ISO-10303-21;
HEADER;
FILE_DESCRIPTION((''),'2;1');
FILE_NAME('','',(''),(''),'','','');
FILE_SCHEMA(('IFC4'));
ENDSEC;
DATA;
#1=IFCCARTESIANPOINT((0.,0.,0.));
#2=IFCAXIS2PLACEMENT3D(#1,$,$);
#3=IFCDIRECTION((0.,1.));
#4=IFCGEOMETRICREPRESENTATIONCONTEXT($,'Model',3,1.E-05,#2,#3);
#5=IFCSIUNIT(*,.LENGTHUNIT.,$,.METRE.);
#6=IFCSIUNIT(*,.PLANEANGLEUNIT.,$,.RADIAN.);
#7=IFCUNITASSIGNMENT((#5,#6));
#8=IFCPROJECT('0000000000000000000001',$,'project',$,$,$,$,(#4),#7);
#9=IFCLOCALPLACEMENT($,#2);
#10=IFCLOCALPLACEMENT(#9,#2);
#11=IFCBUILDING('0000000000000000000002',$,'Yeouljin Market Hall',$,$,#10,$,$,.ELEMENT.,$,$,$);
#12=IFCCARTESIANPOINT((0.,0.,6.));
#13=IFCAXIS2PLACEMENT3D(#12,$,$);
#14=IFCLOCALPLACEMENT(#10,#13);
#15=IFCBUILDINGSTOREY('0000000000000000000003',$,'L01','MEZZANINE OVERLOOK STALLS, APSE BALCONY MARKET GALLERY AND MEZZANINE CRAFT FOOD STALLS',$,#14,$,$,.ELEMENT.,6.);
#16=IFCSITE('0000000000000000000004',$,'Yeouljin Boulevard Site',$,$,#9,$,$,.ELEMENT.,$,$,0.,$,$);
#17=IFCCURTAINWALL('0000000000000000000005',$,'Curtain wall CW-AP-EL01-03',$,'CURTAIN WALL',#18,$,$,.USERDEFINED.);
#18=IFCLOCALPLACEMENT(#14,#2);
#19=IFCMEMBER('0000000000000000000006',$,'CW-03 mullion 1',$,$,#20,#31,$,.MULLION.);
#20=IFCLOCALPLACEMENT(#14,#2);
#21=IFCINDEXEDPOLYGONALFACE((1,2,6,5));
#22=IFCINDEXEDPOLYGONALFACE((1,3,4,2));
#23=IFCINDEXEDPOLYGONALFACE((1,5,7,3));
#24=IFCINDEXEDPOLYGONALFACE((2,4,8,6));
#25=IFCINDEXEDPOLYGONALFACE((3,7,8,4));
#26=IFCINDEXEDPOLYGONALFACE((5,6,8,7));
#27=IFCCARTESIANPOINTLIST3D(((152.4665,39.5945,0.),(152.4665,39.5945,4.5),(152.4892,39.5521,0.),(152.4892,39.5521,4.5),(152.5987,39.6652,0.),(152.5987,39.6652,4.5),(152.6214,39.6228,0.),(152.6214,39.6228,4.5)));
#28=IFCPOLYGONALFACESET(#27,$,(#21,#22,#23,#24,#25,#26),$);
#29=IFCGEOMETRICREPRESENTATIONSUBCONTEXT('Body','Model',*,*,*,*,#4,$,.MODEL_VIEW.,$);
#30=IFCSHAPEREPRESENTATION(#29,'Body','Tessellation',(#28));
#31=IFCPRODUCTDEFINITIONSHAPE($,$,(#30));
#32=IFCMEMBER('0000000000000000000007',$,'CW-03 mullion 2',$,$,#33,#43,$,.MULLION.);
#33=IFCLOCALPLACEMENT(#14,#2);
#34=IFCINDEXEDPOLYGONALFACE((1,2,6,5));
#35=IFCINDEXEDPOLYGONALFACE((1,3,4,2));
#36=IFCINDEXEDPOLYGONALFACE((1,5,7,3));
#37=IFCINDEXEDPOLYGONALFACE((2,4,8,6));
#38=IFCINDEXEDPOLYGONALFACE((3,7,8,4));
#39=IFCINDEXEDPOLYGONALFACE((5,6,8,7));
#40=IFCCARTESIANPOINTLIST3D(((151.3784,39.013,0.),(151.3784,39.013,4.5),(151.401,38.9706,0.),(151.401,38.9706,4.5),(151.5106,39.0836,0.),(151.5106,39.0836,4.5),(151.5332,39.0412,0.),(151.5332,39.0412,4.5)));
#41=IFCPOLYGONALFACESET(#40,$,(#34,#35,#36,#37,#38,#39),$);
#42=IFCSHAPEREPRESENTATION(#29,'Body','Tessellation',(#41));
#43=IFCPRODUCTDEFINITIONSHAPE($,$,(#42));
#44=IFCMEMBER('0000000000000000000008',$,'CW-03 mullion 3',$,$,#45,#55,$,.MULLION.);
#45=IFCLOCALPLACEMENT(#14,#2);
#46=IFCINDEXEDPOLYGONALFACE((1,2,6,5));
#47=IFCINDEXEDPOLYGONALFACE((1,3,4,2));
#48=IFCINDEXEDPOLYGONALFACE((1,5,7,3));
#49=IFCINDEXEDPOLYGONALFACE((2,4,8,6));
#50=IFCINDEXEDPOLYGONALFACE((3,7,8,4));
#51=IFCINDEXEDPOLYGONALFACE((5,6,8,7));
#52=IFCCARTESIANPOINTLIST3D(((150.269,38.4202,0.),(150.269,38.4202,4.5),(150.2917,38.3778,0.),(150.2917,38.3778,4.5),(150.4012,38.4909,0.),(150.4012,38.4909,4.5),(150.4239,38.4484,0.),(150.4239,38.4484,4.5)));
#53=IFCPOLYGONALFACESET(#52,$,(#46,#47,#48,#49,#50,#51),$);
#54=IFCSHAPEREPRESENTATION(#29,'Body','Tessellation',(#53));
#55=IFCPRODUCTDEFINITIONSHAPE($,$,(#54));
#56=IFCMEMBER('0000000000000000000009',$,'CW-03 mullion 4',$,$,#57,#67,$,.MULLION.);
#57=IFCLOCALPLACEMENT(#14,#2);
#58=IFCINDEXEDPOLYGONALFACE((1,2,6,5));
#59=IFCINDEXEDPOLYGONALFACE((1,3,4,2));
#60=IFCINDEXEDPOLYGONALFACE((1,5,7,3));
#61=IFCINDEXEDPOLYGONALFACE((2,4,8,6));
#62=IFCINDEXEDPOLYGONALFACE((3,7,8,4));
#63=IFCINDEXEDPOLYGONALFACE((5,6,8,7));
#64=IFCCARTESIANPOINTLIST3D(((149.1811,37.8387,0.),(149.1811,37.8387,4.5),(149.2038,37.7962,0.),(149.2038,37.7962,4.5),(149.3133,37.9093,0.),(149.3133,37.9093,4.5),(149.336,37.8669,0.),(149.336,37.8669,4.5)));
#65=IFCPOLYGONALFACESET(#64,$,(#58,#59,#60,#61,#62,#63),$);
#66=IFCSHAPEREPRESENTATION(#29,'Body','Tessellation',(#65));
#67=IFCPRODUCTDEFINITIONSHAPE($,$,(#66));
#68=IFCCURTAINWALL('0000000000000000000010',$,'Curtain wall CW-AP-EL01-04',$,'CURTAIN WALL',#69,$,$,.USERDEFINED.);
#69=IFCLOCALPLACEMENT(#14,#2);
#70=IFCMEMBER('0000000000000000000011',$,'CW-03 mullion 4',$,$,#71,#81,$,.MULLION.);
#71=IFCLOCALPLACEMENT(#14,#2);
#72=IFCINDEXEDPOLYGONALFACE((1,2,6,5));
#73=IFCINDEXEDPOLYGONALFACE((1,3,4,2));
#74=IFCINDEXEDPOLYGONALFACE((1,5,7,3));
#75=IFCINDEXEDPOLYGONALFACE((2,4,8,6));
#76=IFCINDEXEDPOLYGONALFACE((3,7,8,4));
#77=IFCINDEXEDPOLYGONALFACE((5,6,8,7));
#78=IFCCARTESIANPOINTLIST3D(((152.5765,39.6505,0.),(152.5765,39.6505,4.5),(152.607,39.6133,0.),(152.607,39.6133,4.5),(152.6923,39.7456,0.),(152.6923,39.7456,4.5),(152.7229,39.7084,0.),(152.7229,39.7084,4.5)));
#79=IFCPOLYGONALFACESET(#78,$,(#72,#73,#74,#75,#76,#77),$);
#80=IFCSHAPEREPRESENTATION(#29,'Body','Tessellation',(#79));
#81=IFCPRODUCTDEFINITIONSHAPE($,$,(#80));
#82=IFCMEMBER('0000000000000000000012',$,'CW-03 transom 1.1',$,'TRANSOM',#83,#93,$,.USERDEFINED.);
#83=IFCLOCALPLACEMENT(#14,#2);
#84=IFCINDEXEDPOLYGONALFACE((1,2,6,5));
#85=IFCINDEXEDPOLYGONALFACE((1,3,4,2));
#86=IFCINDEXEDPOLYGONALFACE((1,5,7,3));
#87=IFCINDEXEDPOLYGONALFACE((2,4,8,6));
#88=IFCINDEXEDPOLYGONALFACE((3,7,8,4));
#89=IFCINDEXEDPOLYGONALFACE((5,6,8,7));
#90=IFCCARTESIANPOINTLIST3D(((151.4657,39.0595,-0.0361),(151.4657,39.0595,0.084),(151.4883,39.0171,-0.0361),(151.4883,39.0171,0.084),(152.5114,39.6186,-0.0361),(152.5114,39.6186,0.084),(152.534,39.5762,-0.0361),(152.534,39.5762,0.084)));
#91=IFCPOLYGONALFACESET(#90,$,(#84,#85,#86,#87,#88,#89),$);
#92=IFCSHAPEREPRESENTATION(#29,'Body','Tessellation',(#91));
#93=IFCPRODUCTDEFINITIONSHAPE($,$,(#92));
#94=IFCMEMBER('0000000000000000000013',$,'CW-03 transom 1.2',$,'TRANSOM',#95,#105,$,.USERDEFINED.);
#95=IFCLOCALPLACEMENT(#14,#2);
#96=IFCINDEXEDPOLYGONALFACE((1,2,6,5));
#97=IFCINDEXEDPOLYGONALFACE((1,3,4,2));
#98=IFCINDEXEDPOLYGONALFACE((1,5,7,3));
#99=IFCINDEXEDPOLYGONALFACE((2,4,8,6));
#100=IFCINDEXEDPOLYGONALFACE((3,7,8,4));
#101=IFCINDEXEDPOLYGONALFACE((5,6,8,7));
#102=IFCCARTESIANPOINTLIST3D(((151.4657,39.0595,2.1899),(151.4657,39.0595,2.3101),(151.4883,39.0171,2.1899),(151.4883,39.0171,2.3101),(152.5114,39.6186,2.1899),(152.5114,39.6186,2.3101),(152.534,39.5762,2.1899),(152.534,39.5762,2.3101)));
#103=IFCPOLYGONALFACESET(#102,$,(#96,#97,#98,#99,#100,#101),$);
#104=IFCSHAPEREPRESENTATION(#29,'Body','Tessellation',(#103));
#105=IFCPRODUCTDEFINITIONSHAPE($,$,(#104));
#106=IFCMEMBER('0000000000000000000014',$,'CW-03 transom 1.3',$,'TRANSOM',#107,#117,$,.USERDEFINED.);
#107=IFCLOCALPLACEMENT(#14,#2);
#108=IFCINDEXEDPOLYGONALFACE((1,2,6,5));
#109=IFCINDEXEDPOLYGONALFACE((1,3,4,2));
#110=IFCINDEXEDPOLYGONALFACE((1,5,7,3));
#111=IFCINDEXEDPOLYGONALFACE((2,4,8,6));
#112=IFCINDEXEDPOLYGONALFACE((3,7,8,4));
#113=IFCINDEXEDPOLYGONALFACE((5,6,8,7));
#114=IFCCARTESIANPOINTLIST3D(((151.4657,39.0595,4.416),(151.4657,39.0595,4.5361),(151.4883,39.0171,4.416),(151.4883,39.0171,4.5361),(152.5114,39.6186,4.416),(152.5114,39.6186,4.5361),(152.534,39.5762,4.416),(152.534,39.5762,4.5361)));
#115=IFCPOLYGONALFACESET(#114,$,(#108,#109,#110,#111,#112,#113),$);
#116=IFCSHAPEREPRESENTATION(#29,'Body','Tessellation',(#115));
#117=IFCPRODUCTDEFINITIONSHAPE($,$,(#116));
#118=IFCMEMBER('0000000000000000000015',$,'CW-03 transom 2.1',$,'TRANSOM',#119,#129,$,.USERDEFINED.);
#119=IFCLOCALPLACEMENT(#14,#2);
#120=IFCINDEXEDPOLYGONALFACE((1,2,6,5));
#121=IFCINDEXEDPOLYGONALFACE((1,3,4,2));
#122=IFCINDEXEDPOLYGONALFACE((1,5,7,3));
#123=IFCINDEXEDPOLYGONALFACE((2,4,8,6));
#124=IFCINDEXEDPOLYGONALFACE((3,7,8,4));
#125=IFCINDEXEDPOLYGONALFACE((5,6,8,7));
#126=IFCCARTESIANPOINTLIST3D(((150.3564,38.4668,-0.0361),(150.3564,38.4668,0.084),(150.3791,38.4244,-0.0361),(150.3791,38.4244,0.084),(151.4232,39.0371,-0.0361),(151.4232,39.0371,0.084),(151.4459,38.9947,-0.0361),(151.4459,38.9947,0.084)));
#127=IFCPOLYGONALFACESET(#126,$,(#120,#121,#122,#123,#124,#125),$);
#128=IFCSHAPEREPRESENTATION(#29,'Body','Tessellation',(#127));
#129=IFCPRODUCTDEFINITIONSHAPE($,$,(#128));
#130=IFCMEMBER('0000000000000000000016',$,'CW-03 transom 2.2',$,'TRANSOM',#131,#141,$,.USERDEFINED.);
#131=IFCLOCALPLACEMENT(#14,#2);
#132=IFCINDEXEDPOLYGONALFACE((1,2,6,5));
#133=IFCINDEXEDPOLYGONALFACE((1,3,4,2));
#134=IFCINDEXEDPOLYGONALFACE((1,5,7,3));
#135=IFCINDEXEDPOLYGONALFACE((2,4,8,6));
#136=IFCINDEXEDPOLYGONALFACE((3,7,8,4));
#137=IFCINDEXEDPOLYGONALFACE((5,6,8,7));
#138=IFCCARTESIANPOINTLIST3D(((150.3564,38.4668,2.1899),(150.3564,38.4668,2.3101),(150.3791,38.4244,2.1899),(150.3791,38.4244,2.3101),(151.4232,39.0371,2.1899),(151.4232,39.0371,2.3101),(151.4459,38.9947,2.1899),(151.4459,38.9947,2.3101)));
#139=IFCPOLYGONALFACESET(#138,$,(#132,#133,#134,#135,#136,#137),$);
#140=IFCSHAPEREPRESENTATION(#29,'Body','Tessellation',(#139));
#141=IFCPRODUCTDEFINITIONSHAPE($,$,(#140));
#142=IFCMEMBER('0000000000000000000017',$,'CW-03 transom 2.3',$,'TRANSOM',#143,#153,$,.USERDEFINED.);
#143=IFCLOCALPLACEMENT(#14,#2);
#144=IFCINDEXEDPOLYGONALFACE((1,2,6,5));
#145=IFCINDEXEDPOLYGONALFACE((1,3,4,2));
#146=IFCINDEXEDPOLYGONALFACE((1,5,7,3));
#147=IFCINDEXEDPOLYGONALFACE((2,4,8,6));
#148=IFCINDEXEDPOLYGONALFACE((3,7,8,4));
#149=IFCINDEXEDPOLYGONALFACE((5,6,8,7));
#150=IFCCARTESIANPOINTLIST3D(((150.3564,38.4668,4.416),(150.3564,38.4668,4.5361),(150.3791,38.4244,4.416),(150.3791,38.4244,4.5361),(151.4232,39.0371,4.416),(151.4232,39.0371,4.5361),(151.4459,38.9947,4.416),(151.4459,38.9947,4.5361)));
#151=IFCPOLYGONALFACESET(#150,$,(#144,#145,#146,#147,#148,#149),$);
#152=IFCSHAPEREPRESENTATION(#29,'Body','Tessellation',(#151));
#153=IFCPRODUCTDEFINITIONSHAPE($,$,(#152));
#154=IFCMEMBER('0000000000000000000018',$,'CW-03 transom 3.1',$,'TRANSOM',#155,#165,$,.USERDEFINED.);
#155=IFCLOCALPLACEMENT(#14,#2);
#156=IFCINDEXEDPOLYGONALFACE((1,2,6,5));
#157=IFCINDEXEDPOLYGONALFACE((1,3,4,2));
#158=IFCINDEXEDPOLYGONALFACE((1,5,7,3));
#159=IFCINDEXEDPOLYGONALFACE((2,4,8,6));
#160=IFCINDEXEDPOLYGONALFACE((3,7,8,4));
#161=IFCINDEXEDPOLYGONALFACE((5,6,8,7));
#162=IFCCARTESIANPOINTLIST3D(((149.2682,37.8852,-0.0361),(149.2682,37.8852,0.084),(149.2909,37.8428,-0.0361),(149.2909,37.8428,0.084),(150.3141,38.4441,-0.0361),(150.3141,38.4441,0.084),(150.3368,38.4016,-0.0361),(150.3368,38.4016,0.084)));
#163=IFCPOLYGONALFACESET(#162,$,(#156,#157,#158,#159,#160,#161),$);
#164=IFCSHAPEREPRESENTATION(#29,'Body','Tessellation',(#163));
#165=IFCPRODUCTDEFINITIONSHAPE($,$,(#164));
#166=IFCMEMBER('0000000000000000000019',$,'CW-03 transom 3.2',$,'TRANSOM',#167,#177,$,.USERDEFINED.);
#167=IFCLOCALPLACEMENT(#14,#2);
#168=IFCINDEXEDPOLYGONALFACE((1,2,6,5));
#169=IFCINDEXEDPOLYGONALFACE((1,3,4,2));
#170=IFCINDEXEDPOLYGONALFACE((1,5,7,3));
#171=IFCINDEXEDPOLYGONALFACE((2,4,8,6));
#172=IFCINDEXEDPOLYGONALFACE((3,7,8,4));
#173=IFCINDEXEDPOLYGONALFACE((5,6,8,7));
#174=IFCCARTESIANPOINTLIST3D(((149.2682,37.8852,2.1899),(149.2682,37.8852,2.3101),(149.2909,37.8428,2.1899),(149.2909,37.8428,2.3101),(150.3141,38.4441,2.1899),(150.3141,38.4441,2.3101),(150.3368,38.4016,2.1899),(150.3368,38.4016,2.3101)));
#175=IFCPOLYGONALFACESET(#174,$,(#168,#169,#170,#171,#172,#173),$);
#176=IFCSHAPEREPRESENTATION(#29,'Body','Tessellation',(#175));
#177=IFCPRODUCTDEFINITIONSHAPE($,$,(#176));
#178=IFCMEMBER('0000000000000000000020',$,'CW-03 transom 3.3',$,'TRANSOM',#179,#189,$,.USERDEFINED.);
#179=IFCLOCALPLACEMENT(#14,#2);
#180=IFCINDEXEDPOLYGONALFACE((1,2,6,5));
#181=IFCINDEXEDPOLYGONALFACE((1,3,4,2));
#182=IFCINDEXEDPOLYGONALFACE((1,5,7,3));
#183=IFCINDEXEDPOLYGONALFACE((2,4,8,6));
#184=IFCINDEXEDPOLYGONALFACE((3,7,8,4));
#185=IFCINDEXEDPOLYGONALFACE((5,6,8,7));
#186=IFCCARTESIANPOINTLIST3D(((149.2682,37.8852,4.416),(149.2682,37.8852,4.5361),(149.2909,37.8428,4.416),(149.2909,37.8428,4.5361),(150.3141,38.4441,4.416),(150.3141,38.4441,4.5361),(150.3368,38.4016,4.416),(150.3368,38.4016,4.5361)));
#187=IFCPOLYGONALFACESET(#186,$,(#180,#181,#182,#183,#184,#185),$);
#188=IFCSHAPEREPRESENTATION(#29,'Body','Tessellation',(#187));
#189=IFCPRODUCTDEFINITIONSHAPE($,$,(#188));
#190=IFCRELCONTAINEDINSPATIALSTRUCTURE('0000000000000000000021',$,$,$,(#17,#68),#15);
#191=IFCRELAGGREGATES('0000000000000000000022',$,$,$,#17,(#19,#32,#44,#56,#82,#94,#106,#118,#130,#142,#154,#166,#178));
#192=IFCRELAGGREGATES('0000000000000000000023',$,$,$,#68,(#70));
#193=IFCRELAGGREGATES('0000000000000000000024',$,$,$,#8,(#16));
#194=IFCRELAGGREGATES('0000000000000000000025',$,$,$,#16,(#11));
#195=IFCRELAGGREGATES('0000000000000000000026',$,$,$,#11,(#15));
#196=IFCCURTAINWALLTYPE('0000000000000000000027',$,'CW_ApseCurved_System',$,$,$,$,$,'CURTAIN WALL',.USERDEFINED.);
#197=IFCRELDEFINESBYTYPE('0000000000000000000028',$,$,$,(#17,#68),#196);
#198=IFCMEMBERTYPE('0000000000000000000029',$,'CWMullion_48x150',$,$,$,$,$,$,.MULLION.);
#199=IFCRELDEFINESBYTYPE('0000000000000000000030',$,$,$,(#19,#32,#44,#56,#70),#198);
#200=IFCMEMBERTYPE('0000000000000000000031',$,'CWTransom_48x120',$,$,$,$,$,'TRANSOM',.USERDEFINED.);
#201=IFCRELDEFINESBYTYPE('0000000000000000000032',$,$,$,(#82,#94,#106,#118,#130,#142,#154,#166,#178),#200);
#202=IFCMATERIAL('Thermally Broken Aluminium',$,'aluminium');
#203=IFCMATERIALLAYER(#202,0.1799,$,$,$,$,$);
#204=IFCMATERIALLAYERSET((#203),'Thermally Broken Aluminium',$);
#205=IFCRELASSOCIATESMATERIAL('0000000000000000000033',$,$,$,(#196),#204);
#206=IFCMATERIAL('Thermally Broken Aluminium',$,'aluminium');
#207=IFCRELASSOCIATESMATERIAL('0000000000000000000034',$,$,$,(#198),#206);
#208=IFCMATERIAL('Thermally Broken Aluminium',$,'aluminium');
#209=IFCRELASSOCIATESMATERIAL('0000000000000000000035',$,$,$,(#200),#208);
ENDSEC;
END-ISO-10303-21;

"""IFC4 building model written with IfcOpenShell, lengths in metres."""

from ifc_helpers import new_model, si_unit, direction, frame, origin, origin_2d, place, context, subcontext, project, spatial, rectangle, extrude, material, layer, layer_set, material_profile, profile_set, type_object, element, aggregate, save


model = new_model("IFC4")

# Units and contexts
model_context = context("Model", 3, precision=1e-05, world=origin(), true_north=direction((0.0, 1.0)))
body_context = subcontext(model_context, "Body", "Model", "MODEL_VIEW")
ifc_project = project(units=[si_unit("LENGTHUNIT", "METRE"), si_unit("PLANEANGLEUNIT", "RADIAN")], contexts=[model_context])

# Site, building, storey
site_placement = place(None, origin())
site = spatial("IfcSite", under=ifc_project, at=site_placement, Name="Yeouljin Boulevard Site", CompositionType="ELEMENT", RefElevation=0.0)
building_placement = place(site_placement, origin())
building = spatial("IfcBuilding", under=site, at=building_placement, Name="Yeouljin Market Hall", CompositionType="ELEMENT")
storey_placement = place(building_placement, frame((0.0, 0.0, 6.0)))
storey = spatial("IfcBuildingStorey", under=building, at=storey_placement, Name="L01", Description="MEZZANINE OVERLOOK STALLS, APSE BALCONY MARKET GALLERY AND MEZZANINE CRAFT FOOD STALLS", CompositionType="ELEMENT", Elevation=6.0)

# Curtain wall, members
ifc_material_1 = material(Name="Thermally Broken Aluminium", Category="aluminium")
ifc_layer_1 = layer(ifc_material_1, 0.1799)
ifc_layer_set_1 = layer_set([ifc_layer_1], Name="Thermally Broken Aluminium")
curtain_wall_type = type_object("IfcCurtainWallType", Name="CW_ApseCurved_System", ElementType="CURTAIN WALL", PredefinedType="USERDEFINED", material=ifc_layer_set_1)
curtain_wall_1_placement = place(storey_placement, origin())
curtain_wall_1 = element("IfcCurtainWall", 1, at=curtain_wall_1_placement, inside=storey, type_object=curtain_wall_type, Name="Curtain wall CW-AP-EL01-03", ObjectType="CURTAIN WALL", PredefinedType="USERDEFINED")
ifc_material_2 = material(Name="Thermally Broken Aluminium", Category="aluminium")
ifc_material_profile_1 = material_profile(ifc_material_2, rectangle(XDim=0.0481, YDim=0.1499, at=origin_2d()), Name="CW-MULL-48x150")
ifc_profile_set_1 = profile_set([ifc_material_profile_1], Name="Thermally Broken Aluminium")
member_type_1 = type_object("IfcMemberType", Name="CWMullion_48x150", PredefinedType="MULLION", material=ifc_profile_set_1)
member_1_placement = place(storey_placement, frame((152.5439, 39.6086, 0.0), z_axis=(0.0, 0.0, 1.0), x_axis=(0.471378, -0.881931, 0.0)))
member_1 = element("IfcMember", 2, at=member_1_placement, type_object=member_type_1, Name="CW-03 mullion 1", PredefinedType="MULLION", context=body_context, shape_type="SweptSolid", body=[
    extrude(rectangle(XDim=0.0481, YDim=0.1499, at=origin_2d()), origin(), (0.0, 0.0, 1.0), 4.5),
])
member_2_placement = place(storey_placement, frame((151.4558, 39.0271, 0.0), z_axis=(0.0, 0.0, 1.0), x_axis=(0.471378, -0.881931, 0.0)))
member_2 = element("IfcMember", 3, at=member_2_placement, type_object=member_type_1, Name="CW-03 mullion 2", PredefinedType="MULLION", context=body_context, shape_type="SweptSolid", body=[
    extrude(rectangle(XDim=0.0481, YDim=0.1499, at=origin_2d()), origin(), (0.0, 0.0, 1.0), 4.5),
])
member_3_placement = place(storey_placement, frame((150.3464, 38.4343, 0.0), z_axis=(0.0, 0.0, 1.0), x_axis=(0.471378, -0.881931, 0.0)))
member_3 = element("IfcMember", 4, at=member_3_placement, type_object=member_type_1, Name="CW-03 mullion 3", PredefinedType="MULLION", context=body_context, shape_type="SweptSolid", body=[
    extrude(rectangle(XDim=0.0481, YDim=0.1499, at=origin_2d()), origin(), (0.0, 0.0, 1.0), 4.5),
])
member_4_placement = place(storey_placement, frame((149.2585, 37.8528, 0.0), z_axis=(0.0, 0.0, 1.0), x_axis=(0.471378, -0.881931, 0.0)))
member_4 = element("IfcMember", 5, at=member_4_placement, type_object=member_type_1, Name="CW-03 mullion 4", PredefinedType="MULLION", context=body_context, shape_type="SweptSolid", body=[
    extrude(rectangle(XDim=0.0481, YDim=0.1499, at=origin_2d()), origin(), (0.0, 0.0, 1.0), 4.5),
])

# Curtain wall, member
curtain_wall_2_placement = place(storey_placement, origin())
curtain_wall_2 = element("IfcCurtainWall", 6, at=curtain_wall_2_placement, inside=storey, type_object=curtain_wall_type, Name="Curtain wall CW-AP-EL01-04", ObjectType="CURTAIN WALL", PredefinedType="USERDEFINED")
member_5_placement = place(storey_placement, frame((152.6497, 39.6794, 0.0), z_axis=(0.0, 0.0, 1.0), x_axis=(0.634384, -0.773018, 0.0)))
member_5 = element("IfcMember", 7, at=member_5_placement, type_object=member_type_1, Name="CW-03 mullion 4", PredefinedType="MULLION", context=body_context, shape_type="SweptSolid", body=[
    extrude(rectangle(XDim=0.0481, YDim=0.1499, at=origin_2d()), origin(), (0.0, 0.0, 1.0), 4.5),
])

# Members
ifc_material_3 = material(Name="Thermally Broken Aluminium", Category="aluminium")
ifc_material_profile_2 = material_profile(ifc_material_3, rectangle(XDim=0.0481, YDim=0.1201, at=origin_2d()), Name="CW-TRAN-48x120")
ifc_profile_set_2 = profile_set([ifc_material_profile_2], Name="Thermally Broken Aluminium")
member_type_2 = type_object("IfcMemberType", Name="CWTransom_48x120", ElementType="TRANSOM", PredefinedType="USERDEFINED", material=ifc_profile_set_2)
member_6_placement = place(storey_placement, frame((152.5227, 39.5974, 0.0239), z_axis=(-0.881862, -0.471507, 0.0), x_axis=(0.471507, -0.881862, 0.0)))
member_6 = element("IfcMember", 8, at=member_6_placement, type_object=member_type_2, Name="CW-03 transom 1.1", ObjectType="TRANSOM", PredefinedType="USERDEFINED", context=body_context, shape_type="SweptSolid", body=[
    extrude(rectangle(XDim=0.0481, YDim=0.1201, at=origin_2d()), origin(), (0.0, 0.0, 1.0), 1.1858),
])
member_7_placement = place(storey_placement, frame((152.5227, 39.5974, 2.25), z_axis=(-0.881862, -0.471507, 0.0), x_axis=(0.471507, -0.881862, 0.0)))
member_7 = element("IfcMember", 9, at=member_7_placement, type_object=member_type_2, Name="CW-03 transom 1.2", ObjectType="TRANSOM", PredefinedType="USERDEFINED", context=body_context, shape_type="SweptSolid", body=[
    extrude(rectangle(XDim=0.0481, YDim=0.1201, at=origin_2d()), origin(), (0.0, 0.0, 1.0), 1.1858),
])
member_8_placement = place(storey_placement, frame((152.5227, 39.5974, 4.4761), z_axis=(-0.881862, -0.471507, 0.0), x_axis=(0.471507, -0.881862, 0.0)))
member_8 = element("IfcMember", 10, at=member_8_placement, type_object=member_type_2, Name="CW-03 transom 1.3", ObjectType="TRANSOM", PredefinedType="USERDEFINED", context=body_context, shape_type="SweptSolid", body=[
    extrude(rectangle(XDim=0.0481, YDim=0.1201, at=origin_2d()), origin(), (0.0, 0.0, 1.0), 1.1858),
])
member_9_placement = place(storey_placement, frame((151.4346, 39.0159, 0.0239), z_axis=(-0.881906, -0.471426, 0.0), x_axis=(0.471426, -0.881906, 0.0)))
member_9 = element("IfcMember", 11, at=member_9_placement, type_object=member_type_2, Name="CW-03 transom 2.1", ObjectType="TRANSOM", PredefinedType="USERDEFINED", context=body_context, shape_type="SweptSolid", body=[
    extrude(rectangle(XDim=0.0481, YDim=0.1201, at=origin_2d()), origin(), (0.0, 0.0, 1.0), 1.2097),
])
member_10_placement = place(storey_placement, frame((151.4346, 39.0159, 2.25), z_axis=(-0.881906, -0.471426, 0.0), x_axis=(0.471426, -0.881906, 0.0)))
member_10 = element("IfcMember", 12, at=member_10_placement, type_object=member_type_2, Name="CW-03 transom 2.2", ObjectType="TRANSOM", PredefinedType="USERDEFINED", context=body_context, shape_type="SweptSolid", body=[
    extrude(rectangle(XDim=0.0481, YDim=0.1201, at=origin_2d()), origin(), (0.0, 0.0, 1.0), 1.2097),
])
member_11_placement = place(storey_placement, frame((151.4346, 39.0159, 4.4761), z_axis=(-0.881906, -0.471426, 0.0), x_axis=(0.471426, -0.881906, 0.0)))
member_11 = element("IfcMember", 13, at=member_11_placement, type_object=member_type_2, Name="CW-03 transom 2.3", ObjectType="TRANSOM", PredefinedType="USERDEFINED", context=body_context, shape_type="SweptSolid", body=[
    extrude(rectangle(XDim=0.0481, YDim=0.1201, at=origin_2d()), origin(), (0.0, 0.0, 1.0), 1.2097),
])
member_12_placement = place(storey_placement, frame((150.3254, 38.4229, 0.0239), z_axis=(-0.881994, -0.471261, 0.0), x_axis=(0.471261, -0.881994, 0.0)))
member_12 = element("IfcMember", 14, at=member_12_placement, type_object=member_type_2, Name="CW-03 transom 3.1", ObjectType="TRANSOM", PredefinedType="USERDEFINED", context=body_context, shape_type="SweptSolid", body=[
    extrude(rectangle(XDim=0.0481, YDim=0.1201, at=origin_2d()), origin(), (0.0, 0.0, 1.0), 1.1858),
])
member_13_placement = place(storey_placement, frame((150.3254, 38.4229, 2.25), z_axis=(-0.881994, -0.471261, 0.0), x_axis=(0.471261, -0.881994, 0.0)))
member_13 = element("IfcMember", 15, at=member_13_placement, type_object=member_type_2, Name="CW-03 transom 3.2", ObjectType="TRANSOM", PredefinedType="USERDEFINED", context=body_context, shape_type="SweptSolid", body=[
    extrude(rectangle(XDim=0.0481, YDim=0.1201, at=origin_2d()), origin(), (0.0, 0.0, 1.0), 1.1858),
])
member_14_placement = place(storey_placement, frame((150.3254, 38.4229, 4.4761), z_axis=(-0.881994, -0.471261, 0.0), x_axis=(0.471261, -0.881994, 0.0)))
member_14 = element("IfcMember", 16, at=member_14_placement, type_object=member_type_2, Name="CW-03 transom 3.3", ObjectType="TRANSOM", PredefinedType="USERDEFINED", context=body_context, shape_type="SweptSolid", body=[
    extrude(rectangle(XDim=0.0481, YDim=0.1201, at=origin_2d()), origin(), (0.0, 0.0, 1.0), 1.1858),
])

aggregate(curtain_wall_1, [member_1, member_2, member_3, member_4, member_6, member_7, member_8, member_9, member_10, member_11, member_12, member_13, member_14])
aggregate(curtain_wall_2, [member_5])

save(model, "model.ifc")
